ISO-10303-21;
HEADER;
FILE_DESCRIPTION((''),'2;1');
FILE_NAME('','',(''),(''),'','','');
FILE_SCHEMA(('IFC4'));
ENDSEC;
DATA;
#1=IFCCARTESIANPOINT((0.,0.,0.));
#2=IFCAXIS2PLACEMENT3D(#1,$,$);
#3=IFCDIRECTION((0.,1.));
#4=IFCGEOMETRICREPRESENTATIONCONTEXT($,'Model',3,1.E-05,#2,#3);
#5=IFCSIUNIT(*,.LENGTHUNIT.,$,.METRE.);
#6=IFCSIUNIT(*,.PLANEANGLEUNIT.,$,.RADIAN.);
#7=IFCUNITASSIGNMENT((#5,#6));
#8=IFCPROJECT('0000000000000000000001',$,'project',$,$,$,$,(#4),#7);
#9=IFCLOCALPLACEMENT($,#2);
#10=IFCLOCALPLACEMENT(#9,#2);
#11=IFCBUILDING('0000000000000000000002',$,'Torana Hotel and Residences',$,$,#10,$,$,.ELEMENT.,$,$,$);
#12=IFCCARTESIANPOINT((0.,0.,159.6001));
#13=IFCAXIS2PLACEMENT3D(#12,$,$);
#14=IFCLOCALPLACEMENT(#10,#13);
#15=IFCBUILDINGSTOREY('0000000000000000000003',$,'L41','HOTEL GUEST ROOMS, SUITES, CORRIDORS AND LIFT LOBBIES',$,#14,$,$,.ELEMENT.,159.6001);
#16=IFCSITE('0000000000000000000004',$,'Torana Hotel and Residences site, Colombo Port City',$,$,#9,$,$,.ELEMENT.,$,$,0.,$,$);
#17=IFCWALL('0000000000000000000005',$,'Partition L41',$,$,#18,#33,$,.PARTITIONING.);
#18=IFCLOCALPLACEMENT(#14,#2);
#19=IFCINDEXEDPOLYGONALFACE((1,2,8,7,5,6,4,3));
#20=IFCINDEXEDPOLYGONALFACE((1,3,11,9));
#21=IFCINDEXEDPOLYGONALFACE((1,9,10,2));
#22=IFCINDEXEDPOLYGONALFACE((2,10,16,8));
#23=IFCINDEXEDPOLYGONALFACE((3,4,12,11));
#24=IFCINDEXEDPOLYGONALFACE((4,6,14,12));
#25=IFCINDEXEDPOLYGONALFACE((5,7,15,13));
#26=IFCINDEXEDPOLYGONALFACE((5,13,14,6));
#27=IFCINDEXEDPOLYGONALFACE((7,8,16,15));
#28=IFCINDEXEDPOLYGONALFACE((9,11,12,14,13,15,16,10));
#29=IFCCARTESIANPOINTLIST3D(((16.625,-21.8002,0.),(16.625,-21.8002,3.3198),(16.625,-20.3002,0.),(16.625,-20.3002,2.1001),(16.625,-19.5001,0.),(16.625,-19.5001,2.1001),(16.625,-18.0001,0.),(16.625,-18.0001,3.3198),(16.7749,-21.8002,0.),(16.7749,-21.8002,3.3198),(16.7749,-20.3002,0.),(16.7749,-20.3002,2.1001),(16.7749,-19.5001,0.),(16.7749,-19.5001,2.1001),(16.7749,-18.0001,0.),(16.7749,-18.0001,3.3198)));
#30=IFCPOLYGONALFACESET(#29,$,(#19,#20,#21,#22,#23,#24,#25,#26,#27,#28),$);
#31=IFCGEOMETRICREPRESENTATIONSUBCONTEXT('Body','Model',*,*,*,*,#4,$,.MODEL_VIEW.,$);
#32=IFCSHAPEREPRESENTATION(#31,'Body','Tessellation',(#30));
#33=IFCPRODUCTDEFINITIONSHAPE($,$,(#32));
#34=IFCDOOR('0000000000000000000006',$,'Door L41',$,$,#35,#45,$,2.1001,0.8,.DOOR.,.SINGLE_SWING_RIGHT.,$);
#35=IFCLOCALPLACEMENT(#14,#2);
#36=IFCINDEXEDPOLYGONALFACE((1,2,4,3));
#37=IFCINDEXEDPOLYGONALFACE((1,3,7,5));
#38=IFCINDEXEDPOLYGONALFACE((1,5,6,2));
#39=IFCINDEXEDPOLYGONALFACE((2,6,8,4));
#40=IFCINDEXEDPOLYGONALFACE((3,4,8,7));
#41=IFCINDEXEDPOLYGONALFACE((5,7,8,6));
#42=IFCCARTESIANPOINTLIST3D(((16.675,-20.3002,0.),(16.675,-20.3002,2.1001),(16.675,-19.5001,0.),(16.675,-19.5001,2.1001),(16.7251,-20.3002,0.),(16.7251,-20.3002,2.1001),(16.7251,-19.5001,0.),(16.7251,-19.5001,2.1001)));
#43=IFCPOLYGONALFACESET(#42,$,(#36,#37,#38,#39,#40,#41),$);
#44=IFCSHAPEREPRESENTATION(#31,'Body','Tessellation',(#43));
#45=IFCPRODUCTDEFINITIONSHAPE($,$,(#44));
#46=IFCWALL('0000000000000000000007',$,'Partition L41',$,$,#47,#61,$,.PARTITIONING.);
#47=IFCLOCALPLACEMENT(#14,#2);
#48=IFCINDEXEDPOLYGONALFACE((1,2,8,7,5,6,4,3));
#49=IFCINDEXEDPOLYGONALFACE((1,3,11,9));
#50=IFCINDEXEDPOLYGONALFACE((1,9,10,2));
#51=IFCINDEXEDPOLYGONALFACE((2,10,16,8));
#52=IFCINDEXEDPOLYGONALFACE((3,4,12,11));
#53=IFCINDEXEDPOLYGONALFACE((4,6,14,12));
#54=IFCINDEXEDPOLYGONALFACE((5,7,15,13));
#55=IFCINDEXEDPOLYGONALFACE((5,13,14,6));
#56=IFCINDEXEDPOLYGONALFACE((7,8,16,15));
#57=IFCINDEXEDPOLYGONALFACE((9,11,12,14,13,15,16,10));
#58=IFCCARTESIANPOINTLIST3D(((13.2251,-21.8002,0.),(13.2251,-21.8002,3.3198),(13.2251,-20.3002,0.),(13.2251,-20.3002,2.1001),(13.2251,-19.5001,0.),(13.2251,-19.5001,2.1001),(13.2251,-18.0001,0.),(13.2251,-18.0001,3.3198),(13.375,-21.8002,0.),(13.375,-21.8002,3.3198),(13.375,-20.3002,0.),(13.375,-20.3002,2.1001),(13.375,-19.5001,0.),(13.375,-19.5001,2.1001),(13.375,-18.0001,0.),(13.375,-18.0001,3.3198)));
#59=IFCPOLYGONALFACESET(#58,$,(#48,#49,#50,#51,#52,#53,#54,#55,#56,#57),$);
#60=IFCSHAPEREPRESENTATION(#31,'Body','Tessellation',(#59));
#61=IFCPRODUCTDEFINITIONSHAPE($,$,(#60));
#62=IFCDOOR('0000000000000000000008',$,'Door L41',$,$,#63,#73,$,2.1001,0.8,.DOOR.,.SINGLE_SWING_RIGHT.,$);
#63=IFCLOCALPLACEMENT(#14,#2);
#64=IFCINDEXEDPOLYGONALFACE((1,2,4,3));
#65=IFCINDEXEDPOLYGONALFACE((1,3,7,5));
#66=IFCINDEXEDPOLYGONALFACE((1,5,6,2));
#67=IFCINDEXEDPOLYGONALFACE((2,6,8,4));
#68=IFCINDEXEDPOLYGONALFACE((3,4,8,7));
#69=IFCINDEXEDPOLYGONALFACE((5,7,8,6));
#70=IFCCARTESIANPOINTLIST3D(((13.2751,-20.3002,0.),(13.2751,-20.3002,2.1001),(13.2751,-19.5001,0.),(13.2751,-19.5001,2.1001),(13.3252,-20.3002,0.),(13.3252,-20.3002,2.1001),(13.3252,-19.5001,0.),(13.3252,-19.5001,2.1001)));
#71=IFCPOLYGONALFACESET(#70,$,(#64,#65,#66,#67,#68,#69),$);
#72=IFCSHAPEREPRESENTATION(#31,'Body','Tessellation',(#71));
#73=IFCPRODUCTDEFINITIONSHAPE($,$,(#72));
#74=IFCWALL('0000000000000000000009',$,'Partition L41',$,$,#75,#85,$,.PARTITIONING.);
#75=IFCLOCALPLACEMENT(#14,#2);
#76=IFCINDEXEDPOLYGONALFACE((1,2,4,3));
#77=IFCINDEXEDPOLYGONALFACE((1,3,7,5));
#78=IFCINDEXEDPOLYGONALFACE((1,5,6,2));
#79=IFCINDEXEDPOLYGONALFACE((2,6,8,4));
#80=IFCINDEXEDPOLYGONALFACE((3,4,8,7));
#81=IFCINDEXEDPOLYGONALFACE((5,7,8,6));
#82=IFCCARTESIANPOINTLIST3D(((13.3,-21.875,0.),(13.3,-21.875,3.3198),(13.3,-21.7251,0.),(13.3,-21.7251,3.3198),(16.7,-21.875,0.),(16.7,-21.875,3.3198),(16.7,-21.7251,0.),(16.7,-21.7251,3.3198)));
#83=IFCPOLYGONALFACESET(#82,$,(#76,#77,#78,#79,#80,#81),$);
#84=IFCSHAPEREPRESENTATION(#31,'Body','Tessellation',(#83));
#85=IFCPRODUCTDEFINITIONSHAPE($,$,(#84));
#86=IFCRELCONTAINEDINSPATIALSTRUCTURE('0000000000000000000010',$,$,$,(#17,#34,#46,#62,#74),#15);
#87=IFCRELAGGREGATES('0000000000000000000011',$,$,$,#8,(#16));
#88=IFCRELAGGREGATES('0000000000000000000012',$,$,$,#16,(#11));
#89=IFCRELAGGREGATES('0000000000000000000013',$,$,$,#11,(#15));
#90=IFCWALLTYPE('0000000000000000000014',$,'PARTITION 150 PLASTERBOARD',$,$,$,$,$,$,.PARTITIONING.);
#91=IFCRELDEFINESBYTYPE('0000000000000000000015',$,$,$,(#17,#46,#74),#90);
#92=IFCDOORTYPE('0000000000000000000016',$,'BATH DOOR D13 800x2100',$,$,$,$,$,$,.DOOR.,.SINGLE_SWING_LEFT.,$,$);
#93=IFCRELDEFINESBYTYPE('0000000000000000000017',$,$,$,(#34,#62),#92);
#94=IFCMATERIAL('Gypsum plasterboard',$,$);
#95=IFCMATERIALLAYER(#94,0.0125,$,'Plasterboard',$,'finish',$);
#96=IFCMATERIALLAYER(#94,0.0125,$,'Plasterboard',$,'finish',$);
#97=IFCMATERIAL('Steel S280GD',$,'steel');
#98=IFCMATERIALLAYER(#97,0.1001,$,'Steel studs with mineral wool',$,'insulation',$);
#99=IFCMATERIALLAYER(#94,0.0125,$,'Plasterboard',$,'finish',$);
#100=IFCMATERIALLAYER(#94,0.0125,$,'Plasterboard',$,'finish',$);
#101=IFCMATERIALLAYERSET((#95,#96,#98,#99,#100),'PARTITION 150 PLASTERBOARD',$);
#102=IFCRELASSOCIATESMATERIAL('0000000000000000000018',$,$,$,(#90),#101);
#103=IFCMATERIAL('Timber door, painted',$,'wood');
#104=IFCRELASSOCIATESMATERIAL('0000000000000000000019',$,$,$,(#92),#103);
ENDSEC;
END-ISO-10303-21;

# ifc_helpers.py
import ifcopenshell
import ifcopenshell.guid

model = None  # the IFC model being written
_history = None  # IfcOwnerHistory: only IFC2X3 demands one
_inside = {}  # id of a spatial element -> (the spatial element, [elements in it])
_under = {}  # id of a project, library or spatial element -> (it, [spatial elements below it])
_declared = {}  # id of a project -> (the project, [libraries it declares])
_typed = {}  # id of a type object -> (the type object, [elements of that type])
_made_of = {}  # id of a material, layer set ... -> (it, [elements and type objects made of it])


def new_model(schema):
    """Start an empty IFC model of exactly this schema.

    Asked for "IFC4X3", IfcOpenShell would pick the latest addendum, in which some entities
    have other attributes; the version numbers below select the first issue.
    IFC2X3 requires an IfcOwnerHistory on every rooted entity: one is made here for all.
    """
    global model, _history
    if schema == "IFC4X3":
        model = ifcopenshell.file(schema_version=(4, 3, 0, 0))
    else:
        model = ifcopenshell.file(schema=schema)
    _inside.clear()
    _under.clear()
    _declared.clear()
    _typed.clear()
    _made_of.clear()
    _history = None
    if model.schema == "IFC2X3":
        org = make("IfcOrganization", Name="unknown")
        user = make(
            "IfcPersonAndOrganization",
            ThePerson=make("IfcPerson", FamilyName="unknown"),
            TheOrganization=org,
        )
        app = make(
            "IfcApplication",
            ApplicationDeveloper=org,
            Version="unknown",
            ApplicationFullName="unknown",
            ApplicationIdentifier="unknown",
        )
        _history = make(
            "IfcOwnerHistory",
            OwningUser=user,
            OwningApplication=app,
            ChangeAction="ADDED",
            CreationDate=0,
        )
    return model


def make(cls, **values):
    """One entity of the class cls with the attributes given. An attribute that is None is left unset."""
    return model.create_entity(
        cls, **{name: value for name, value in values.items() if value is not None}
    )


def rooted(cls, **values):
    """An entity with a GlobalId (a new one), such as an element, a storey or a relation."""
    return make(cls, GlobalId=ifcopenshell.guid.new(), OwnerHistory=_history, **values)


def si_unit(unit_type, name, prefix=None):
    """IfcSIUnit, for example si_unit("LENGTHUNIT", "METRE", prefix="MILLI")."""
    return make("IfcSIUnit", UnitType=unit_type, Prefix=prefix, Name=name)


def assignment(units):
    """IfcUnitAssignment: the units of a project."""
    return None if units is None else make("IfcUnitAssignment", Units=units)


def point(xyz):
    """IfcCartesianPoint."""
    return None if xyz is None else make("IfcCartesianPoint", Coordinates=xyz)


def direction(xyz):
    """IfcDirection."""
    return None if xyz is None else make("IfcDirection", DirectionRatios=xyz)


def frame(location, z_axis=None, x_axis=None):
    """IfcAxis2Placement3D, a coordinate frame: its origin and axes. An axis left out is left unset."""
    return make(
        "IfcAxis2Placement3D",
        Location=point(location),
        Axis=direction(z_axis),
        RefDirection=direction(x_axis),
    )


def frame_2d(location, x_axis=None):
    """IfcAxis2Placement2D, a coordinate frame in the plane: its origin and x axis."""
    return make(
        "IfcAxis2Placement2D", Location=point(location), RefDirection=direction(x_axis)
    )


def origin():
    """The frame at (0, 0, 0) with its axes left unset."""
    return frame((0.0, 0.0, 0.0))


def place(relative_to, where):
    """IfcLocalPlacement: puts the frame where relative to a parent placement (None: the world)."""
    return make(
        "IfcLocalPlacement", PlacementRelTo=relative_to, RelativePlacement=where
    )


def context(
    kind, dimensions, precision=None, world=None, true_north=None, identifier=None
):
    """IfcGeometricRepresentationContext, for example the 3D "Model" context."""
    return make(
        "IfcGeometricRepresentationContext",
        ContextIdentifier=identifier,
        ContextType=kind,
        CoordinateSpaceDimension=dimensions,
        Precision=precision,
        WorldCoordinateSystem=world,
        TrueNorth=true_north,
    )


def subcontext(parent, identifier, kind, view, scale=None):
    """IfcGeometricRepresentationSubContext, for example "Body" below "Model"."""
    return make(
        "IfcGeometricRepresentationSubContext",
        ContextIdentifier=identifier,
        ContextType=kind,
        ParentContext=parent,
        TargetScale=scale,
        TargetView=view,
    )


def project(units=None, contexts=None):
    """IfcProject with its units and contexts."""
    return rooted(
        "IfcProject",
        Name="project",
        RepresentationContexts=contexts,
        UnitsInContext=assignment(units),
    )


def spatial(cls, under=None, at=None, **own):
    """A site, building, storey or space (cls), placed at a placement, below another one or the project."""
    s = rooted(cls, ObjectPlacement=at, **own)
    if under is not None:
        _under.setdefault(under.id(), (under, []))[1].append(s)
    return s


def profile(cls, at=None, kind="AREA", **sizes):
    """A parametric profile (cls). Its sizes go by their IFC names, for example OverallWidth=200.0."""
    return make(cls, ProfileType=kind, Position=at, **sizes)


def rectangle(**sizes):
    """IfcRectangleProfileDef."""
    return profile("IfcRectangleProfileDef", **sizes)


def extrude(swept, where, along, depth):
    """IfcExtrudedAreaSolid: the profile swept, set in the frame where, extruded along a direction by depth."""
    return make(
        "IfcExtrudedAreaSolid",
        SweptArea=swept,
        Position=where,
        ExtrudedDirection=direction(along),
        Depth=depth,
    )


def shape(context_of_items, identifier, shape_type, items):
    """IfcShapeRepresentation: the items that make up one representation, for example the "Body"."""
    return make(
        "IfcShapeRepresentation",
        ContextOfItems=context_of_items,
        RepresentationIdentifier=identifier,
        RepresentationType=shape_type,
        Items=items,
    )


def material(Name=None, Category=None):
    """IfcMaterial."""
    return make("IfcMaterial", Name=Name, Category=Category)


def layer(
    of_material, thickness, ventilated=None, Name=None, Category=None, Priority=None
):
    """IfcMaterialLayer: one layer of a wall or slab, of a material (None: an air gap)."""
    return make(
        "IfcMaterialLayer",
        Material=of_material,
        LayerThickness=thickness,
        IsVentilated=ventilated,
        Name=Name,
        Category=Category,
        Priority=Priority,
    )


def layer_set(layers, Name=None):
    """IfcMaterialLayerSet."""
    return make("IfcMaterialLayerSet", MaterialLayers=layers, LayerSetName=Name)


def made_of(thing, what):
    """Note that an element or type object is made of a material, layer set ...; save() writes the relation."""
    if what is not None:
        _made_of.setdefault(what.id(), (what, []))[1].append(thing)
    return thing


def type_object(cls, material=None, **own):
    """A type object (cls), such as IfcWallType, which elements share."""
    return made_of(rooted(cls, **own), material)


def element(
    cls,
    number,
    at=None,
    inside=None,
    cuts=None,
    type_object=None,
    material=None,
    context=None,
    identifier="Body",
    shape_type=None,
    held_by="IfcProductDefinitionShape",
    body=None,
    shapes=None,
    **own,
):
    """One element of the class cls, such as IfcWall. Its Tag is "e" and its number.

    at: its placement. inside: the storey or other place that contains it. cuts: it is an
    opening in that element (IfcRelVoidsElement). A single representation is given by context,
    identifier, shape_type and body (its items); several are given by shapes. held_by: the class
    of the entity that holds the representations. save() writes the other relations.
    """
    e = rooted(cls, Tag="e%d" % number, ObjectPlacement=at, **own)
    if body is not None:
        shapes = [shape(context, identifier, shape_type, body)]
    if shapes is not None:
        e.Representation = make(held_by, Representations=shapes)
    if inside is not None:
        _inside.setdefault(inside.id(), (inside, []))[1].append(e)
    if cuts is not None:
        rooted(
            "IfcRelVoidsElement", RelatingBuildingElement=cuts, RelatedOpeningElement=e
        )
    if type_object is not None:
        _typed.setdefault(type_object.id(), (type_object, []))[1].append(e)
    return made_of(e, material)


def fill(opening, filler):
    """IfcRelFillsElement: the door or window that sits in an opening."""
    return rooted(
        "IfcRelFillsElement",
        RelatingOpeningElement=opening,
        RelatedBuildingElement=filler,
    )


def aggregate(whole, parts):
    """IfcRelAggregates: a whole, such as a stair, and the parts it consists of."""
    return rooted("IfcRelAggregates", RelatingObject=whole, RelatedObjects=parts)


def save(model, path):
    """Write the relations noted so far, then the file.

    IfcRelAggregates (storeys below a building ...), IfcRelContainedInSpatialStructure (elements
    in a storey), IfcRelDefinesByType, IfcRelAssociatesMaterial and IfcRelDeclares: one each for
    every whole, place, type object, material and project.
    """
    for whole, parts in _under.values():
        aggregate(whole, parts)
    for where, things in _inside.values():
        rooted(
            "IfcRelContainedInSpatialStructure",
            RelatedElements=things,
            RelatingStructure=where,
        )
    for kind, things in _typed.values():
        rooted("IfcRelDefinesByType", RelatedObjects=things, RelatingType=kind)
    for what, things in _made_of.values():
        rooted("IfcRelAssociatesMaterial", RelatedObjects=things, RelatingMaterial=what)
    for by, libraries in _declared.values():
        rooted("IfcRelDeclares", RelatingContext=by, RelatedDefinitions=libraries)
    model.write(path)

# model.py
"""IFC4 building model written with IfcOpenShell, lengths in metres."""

from ifc_helpers import new_model, si_unit, direction, frame, frame_2d, origin, place, context, subcontext, project, spatial, rectangle, extrude, material, layer, layer_set, type_object, element, fill, save


model = new_model("IFC4")

# Units and contexts
model_context = context("Model", 3, precision=1e-05, world=origin(), true_north=direction((0.0, 1.0)))
body_context = subcontext(model_context, "Body", "Model", "MODEL_VIEW")
ifc_project = project(units=[si_unit("LENGTHUNIT", "METRE"), si_unit("PLANEANGLEUNIT", "RADIAN")], contexts=[model_context])

# Site, building, storey
site_placement = place(None, origin())
site = spatial("IfcSite", under=ifc_project, at=site_placement, Name="Torana Hotel and Residences site, Colombo Port City", CompositionType="ELEMENT", RefElevation=0.0)
building_placement = place(site_placement, origin())
building = spatial("IfcBuilding", under=site, at=building_placement, Name="Torana Hotel and Residences", CompositionType="ELEMENT")
storey_placement = place(building_placement, frame((0.0, 0.0, 159.6001)))
storey = spatial("IfcBuildingStorey", under=building, at=storey_placement, Name="L41", Description="HOTEL GUEST ROOMS, SUITES, CORRIDORS AND LIFT LOBBIES", CompositionType="ELEMENT", Elevation=159.6001)

# Shared definitions
ifc_material_1 = material(Name="Gypsum plasterboard")
ifc_layer_1 = layer(ifc_material_1, 0.0125, Name="Plasterboard", Category="finish")
ifc_layer_2 = layer(ifc_material_1, 0.0125, Name="Plasterboard", Category="finish")
ifc_material_2 = material(Name="Steel S280GD", Category="steel")
ifc_layer_3 = layer(ifc_material_2, 0.1001, Name="Steel studs with mineral wool", Category="insulation")
ifc_layer_4 = layer(ifc_material_1, 0.0125, Name="Plasterboard", Category="finish")
ifc_layer_5 = layer(ifc_material_1, 0.0125, Name="Plasterboard", Category="finish")
ifc_layer_set_1 = layer_set([ifc_layer_1, ifc_layer_2, ifc_layer_3, ifc_layer_4, ifc_layer_5], Name="PARTITION 150 PLASTERBOARD")
wall_type_1 = type_object("IfcWallType", Name="PARTITION 150 PLASTERBOARD", PredefinedType="PARTITIONING", material=ifc_layer_set_1)

# Walls, openings, doors
wall_1_placement = place(storey_placement, frame((16.7, -21.8, 0.0), z_axis=(0.0, 0.0, 1.0), x_axis=(0.0, 1.0, 0.0)))
wall_1 = element("IfcWall", 1, at=wall_1_placement, inside=storey, type_object=wall_type_1, Name="Partition L41", PredefinedType="PARTITIONING", context=body_context, shape_type="SweptSolid", body=[
    extrude(rectangle(XDim=3.8, YDim=0.1499, at=frame_2d((1.8999, 0.0))), origin(), (0.0, 0.0, 1.0), 3.3198),
])
opening_1_placement = place(wall_1_placement, frame((1.5, 0.0, 0.0)))
opening_1 = element("IfcOpeningElement", 2, at=opening_1_placement, cuts=wall_1, PredefinedType="OPENING", context=body_context, shape_type="SweptSolid", body=[
    extrude(rectangle(XDim=0.8, YDim=2.1001, at=frame_2d((0.3999, 1.05))), frame((0.0, 0.085, 0.0), z_axis=(0.0, -1.0, 0.0), x_axis=(1.0, 0.0, 0.0)), (0.0, 0.0, 1.0), 0.1699),
])
ifc_material_3 = material(Name="Timber door, painted", Category="wood")
door_type_1 = type_object("IfcDoorType", Name="BATH DOOR D13 800x2100", OperationType="SINGLE_SWING_LEFT", PredefinedType="DOOR", material=ifc_material_3)
door_1_placement = place(opening_1_placement, origin())
door_1 = element("IfcDoor", 3, at=door_1_placement, inside=storey, type_object=door_type_1, Name="Door L41", OperationType="SINGLE_SWING_RIGHT", OverallHeight=2.1001, OverallWidth=0.8, PredefinedType="DOOR", context=body_context, shape_type="SweptSolid", body=[
    extrude(rectangle(XDim=0.8, YDim=2.1001, at=frame_2d((0.3999, 1.05))), frame((0.0, 0.0249, 0.0), z_axis=(0.0, -1.0, 0.0), x_axis=(1.0, 0.0, 0.0)), (0.0, 0.0, 1.0), 0.05),
])
fill(opening_1, door_1)
wall_2_placement = place(storey_placement, frame((13.3, -21.8, 0.0), z_axis=(0.0, 0.0, 1.0), x_axis=(0.0, 1.0, 0.0)))
wall_2 = element("IfcWall", 4, at=wall_2_placement, inside=storey, type_object=wall_type_1, Name="Partition L41", PredefinedType="PARTITIONING", context=body_context, shape_type="SweptSolid", body=[
    extrude(rectangle(XDim=3.8, YDim=0.1499, at=frame_2d((1.8999, 0.0))), origin(), (0.0, 0.0, 1.0), 3.3198),
])
opening_2_placement = place(wall_2_placement, frame((1.5, 0.0, 0.0)))
opening_2 = element("IfcOpeningElement", 5, at=opening_2_placement, cuts=wall_2, PredefinedType="OPENING", context=body_context, shape_type="SweptSolid", body=[
    extrude(rectangle(XDim=0.8, YDim=2.1001, at=frame_2d((0.3999, 1.05))), frame((0.0, 0.085, 0.0), z_axis=(0.0, -1.0, 0.0), x_axis=(1.0, 0.0, 0.0)), (0.0, 0.0, 1.0), 0.1699),
])
door_2_placement = place(opening_2_placement, origin())
door_2 = element("IfcDoor", 6, at=door_2_placement, inside=storey, type_object=door_type_1, Name="Door L41", OperationType="SINGLE_SWING_RIGHT", OverallHeight=2.1001, OverallWidth=0.8, PredefinedType="DOOR", context=body_context, shape_type="SweptSolid", body=[
    extrude(rectangle(XDim=0.8, YDim=2.1001, at=frame_2d((0.3999, 1.05))), frame((0.0, 0.0249, 0.0), z_axis=(0.0, -1.0, 0.0), x_axis=(1.0, 0.0, 0.0)), (0.0, 0.0, 1.0), 0.05),
])
fill(opening_2, door_2)

# Wall
wall_3_placement = place(storey_placement, frame((13.3, -21.8, 0.0), z_axis=(0.0, 0.0, 1.0), x_axis=(1.0, 0.0, 0.0)))
element("IfcWall", 7, at=wall_3_placement, inside=storey, type_object=wall_type_1, Name="Partition L41", PredefinedType="PARTITIONING", context=body_context, shape_type="SweptSolid", body=[
    extrude(rectangle(XDim=3.3999, YDim=0.1499, at=frame_2d((1.7, 0.0))), origin(), (0.0, 0.0, 1.0), 3.3198),
])

save(model, "model.ifc")
